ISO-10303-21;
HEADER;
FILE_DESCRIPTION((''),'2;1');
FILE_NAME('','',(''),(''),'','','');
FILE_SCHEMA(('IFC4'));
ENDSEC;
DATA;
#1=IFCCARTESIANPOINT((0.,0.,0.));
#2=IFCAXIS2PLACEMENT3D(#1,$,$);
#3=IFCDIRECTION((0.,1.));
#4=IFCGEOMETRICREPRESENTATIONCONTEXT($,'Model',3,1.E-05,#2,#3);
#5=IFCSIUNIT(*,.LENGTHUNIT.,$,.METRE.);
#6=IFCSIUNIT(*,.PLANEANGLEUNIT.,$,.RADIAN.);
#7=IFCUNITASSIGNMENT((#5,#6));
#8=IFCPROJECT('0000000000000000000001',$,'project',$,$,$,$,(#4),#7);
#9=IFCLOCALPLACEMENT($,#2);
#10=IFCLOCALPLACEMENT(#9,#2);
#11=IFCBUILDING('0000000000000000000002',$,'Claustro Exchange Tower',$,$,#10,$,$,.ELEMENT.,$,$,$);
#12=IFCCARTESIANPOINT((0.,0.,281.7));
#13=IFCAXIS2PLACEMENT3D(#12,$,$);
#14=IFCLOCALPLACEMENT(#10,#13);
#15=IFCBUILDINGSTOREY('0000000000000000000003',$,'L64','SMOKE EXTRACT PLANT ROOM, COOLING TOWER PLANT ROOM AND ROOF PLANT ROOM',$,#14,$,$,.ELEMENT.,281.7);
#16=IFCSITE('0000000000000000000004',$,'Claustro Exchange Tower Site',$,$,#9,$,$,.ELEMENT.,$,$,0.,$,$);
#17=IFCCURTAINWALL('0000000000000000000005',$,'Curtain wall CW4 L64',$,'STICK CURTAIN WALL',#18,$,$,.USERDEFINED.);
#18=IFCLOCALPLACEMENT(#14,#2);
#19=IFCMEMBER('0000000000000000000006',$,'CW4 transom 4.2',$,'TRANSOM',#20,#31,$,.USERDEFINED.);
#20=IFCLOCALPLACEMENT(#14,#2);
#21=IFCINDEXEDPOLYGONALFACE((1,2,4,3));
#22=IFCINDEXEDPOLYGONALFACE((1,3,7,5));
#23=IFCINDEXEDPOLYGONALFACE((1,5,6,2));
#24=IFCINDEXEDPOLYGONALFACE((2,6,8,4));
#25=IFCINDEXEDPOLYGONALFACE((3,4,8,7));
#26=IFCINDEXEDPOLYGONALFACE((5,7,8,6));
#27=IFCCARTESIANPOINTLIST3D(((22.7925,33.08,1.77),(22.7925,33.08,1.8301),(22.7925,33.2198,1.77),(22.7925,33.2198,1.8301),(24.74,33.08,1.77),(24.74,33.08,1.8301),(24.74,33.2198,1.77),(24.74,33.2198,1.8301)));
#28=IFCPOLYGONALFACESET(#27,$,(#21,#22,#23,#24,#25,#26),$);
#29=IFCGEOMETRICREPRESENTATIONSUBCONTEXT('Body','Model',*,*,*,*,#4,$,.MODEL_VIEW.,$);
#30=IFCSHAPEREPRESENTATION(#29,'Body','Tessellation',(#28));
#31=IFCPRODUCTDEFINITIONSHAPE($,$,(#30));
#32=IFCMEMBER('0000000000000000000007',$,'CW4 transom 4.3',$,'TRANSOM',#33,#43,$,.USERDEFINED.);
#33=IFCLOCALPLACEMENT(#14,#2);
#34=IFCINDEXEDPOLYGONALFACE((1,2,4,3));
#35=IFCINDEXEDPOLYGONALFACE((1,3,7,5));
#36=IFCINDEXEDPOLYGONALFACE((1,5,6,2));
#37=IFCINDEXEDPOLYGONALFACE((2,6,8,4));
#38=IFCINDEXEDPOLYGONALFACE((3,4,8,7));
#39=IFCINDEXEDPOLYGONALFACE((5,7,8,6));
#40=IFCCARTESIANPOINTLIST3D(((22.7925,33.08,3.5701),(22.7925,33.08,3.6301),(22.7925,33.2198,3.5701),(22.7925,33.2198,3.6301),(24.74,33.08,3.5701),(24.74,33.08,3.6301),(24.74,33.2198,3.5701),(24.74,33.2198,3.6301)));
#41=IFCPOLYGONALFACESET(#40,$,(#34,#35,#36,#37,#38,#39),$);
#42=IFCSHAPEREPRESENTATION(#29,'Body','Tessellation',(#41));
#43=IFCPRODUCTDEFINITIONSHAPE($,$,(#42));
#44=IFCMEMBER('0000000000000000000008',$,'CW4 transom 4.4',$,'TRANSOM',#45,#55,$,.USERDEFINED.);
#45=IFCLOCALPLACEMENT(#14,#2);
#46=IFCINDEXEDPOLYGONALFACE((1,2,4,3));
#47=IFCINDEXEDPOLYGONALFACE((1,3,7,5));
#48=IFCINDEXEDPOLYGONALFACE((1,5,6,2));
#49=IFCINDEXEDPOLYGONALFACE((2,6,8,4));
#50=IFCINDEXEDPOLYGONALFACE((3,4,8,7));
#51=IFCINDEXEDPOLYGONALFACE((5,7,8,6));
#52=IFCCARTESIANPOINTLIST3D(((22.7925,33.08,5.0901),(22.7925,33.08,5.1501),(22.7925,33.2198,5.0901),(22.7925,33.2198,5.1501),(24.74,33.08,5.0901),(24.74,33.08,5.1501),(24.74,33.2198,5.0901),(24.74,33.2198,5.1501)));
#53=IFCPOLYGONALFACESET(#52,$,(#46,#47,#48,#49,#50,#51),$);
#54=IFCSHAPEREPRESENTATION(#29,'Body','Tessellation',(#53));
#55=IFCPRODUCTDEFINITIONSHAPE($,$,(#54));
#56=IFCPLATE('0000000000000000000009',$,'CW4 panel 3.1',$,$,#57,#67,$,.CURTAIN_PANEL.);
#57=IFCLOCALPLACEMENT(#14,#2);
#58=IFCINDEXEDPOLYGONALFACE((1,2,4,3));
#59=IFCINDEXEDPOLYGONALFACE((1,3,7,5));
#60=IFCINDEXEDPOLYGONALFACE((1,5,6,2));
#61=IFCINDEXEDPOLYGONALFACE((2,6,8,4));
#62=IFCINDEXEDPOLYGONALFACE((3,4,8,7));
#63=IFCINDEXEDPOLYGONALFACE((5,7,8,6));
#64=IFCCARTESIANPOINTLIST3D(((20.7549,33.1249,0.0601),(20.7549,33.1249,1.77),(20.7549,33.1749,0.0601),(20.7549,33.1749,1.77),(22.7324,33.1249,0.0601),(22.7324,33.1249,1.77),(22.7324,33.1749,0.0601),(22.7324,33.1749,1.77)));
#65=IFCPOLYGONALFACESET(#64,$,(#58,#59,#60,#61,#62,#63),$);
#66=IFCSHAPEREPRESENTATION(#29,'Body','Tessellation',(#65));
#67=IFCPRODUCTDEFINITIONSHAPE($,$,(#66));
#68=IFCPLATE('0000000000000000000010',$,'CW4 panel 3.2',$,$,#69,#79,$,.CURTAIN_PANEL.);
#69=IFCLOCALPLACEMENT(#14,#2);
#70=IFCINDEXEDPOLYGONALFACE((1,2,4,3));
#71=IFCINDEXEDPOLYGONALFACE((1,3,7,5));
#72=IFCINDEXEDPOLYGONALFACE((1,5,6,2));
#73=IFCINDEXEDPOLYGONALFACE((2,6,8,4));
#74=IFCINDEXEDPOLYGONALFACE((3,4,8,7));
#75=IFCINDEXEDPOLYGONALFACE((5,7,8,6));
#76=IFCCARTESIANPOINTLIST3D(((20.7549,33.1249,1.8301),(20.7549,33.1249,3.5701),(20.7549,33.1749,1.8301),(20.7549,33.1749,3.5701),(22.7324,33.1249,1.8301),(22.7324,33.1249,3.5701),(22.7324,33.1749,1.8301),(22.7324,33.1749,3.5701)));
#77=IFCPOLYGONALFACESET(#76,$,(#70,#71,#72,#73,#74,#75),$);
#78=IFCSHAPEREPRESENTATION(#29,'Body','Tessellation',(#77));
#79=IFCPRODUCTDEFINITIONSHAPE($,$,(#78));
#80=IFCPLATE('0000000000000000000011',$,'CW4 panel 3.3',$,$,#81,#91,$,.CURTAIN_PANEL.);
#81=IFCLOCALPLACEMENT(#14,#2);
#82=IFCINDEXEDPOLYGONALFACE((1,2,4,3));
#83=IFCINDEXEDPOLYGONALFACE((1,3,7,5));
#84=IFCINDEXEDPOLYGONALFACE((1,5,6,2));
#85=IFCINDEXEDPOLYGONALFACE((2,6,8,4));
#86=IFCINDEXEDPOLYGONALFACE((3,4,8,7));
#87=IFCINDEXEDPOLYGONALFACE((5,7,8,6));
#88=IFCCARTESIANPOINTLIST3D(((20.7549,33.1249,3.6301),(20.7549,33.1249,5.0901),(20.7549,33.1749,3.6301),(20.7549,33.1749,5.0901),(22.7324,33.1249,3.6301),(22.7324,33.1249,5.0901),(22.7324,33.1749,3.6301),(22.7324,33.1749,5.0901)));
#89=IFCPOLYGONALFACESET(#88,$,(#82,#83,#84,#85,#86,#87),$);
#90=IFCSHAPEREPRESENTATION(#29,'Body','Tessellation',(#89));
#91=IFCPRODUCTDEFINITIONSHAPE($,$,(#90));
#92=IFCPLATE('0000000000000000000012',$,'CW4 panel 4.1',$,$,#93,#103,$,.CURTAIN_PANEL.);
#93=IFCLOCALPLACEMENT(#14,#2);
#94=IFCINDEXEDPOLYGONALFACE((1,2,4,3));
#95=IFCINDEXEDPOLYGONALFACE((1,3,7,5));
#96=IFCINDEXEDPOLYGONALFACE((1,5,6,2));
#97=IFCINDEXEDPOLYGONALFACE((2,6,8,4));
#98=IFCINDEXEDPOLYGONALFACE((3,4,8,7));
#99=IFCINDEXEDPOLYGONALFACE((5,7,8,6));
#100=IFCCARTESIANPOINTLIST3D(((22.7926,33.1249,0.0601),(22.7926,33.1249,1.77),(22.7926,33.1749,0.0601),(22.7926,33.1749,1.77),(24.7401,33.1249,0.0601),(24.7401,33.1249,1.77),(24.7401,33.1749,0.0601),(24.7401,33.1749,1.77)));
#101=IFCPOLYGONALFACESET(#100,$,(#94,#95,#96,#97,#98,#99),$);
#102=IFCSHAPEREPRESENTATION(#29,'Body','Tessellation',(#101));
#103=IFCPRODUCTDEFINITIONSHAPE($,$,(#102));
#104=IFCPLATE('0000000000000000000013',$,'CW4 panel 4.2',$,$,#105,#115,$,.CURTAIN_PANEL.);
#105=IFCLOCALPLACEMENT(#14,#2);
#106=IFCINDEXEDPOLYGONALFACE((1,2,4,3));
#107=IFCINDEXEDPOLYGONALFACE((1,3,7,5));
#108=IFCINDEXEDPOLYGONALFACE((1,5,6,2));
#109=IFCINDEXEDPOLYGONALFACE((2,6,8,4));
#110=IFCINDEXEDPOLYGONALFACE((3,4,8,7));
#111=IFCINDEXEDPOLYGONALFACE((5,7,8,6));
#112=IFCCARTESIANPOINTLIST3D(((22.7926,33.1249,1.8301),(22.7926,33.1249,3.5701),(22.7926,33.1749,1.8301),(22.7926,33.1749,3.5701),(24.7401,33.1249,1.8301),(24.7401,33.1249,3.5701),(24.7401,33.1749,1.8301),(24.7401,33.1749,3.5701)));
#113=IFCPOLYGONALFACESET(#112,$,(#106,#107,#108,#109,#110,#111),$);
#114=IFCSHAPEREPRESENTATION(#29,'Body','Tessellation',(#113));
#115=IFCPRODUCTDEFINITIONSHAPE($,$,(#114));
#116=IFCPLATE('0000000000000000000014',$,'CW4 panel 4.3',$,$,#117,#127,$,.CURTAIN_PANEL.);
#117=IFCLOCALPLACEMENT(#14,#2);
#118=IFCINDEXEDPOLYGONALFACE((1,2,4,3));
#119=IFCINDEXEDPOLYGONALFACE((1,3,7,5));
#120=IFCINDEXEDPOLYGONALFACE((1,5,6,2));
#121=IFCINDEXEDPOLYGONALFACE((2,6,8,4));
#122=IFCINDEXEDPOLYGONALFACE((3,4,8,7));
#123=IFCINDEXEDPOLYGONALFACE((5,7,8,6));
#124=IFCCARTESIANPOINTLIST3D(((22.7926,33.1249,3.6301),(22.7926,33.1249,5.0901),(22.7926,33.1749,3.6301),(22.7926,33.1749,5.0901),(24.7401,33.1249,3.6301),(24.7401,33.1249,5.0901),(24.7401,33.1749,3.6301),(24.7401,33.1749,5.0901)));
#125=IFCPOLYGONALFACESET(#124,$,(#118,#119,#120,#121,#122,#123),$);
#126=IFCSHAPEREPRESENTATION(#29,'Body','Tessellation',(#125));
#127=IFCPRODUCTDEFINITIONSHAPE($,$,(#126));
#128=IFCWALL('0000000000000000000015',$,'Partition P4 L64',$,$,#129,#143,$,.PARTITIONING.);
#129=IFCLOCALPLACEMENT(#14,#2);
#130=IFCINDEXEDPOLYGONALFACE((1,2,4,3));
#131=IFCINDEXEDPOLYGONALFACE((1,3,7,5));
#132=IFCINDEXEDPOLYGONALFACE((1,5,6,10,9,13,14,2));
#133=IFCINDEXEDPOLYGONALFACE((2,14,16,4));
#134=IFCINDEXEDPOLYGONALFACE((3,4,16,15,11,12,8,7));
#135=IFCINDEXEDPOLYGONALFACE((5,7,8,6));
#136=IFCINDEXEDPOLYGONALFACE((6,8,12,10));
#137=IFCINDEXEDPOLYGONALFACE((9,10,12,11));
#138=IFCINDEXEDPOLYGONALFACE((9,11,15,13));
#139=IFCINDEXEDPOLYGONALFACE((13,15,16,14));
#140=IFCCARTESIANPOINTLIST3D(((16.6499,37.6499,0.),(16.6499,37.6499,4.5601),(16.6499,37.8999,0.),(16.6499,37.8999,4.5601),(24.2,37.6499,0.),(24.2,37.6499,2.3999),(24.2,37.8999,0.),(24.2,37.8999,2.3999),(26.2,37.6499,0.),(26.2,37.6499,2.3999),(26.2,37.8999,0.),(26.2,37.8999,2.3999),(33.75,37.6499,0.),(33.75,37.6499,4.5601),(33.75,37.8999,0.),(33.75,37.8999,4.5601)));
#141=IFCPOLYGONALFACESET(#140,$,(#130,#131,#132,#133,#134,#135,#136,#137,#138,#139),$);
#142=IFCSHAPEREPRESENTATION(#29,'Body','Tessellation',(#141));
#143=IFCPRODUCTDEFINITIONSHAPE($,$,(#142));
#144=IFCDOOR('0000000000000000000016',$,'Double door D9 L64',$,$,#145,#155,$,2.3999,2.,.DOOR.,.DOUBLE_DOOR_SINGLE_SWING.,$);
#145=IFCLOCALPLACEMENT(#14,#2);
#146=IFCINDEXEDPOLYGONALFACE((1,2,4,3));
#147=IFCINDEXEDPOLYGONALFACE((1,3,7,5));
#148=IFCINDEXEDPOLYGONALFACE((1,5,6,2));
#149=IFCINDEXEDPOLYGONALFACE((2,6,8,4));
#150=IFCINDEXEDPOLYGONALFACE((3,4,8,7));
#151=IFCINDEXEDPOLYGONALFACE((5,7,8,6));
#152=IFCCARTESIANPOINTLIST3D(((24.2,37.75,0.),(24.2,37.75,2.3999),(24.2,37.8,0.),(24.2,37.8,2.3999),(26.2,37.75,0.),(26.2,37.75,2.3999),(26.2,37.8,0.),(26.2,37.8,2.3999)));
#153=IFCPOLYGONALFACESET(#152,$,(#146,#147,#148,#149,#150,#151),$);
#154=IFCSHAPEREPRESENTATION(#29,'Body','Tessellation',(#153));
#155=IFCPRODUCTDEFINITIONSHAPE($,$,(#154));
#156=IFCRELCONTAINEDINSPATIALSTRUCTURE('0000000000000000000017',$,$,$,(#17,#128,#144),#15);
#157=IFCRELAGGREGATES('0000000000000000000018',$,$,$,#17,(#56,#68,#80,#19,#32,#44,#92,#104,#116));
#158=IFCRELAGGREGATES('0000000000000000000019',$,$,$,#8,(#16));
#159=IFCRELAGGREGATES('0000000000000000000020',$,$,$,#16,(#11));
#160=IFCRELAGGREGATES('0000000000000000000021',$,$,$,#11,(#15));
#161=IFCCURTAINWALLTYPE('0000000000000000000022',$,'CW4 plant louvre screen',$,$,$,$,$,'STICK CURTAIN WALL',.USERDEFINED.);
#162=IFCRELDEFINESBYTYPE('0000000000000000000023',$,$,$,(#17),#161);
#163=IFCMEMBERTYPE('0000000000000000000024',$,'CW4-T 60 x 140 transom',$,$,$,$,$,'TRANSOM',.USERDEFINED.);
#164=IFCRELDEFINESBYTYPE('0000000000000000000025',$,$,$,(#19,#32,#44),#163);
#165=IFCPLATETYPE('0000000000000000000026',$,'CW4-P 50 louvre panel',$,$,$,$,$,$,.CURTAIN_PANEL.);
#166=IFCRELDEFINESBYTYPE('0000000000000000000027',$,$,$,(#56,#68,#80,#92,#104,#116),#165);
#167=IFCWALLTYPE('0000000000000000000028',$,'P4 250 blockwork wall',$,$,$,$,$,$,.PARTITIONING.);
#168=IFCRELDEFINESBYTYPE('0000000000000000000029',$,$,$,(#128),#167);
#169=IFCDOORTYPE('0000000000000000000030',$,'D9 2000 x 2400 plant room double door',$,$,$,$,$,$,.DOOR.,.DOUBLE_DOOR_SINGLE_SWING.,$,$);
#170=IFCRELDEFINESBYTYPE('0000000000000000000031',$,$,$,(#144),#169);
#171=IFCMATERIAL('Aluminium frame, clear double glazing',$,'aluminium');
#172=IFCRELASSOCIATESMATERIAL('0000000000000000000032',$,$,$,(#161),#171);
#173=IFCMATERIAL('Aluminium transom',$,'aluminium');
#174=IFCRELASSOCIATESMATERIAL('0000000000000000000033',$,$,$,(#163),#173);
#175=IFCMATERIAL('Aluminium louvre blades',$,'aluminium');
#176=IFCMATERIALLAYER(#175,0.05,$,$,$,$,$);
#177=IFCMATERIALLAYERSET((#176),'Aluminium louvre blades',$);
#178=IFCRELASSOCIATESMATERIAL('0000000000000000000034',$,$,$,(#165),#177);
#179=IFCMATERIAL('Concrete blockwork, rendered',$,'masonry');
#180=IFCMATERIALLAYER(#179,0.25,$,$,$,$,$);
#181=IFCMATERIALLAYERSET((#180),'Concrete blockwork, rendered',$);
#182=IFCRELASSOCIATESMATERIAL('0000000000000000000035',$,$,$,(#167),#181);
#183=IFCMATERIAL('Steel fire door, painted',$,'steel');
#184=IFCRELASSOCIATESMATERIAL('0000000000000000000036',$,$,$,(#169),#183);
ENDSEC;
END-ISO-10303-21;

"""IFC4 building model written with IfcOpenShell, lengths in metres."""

from ifc_helpers import new_model, si_unit, direction, frame, frame_2d, origin, origin_2d, place, context, subcontext, project, spatial, rectangle, extrude, material, layer, layer_set, material_profile, profile_set, type_object, element, fill, aggregate, save


model = new_model("IFC4")

# Units and contexts
model_context = context("Model", 3, precision=1e-05, world=origin(), true_north=direction((0.0, 1.0)))
body_context = subcontext(model_context, "Body", "Model", "MODEL_VIEW")
ifc_project = project(units=[si_unit("LENGTHUNIT", "METRE"), si_unit("PLANEANGLEUNIT", "RADIAN")], contexts=[model_context])

# Site, building, storey
site_placement = place(None, origin())
site = spatial("IfcSite", under=ifc_project, at=site_placement, Name="Claustro Exchange Tower Site", CompositionType="ELEMENT", RefElevation=0.0)
building_placement = place(site_placement, origin())
building = spatial("IfcBuilding", under=site, at=building_placement, Name="Claustro Exchange Tower", CompositionType="ELEMENT")
storey_placement = place(building_placement, frame((0.0, 0.0, 281.7)))
storey = spatial("IfcBuildingStorey", under=building, at=storey_placement, Name="L64", Description="SMOKE EXTRACT PLANT ROOM, COOLING TOWER PLANT ROOM AND ROOF PLANT ROOM", CompositionType="ELEMENT", Elevation=281.7)

# Curtain wall, members, plates
ifc_material_1 = material(Name="Aluminium frame, clear double glazing", Category="aluminium")
curtain_wall_type = type_object("IfcCurtainWallType", Name="CW4 plant louvre screen", ElementType="STICK CURTAIN WALL", PredefinedType="USERDEFINED", material=ifc_material_1)
curtain_wall_placement = place(storey_placement, origin())
curtain_wall = element("IfcCurtainWall", 1, at=curtain_wall_placement, inside=storey, type_object=curtain_wall_type, Name="Curtain wall CW4 L64", ObjectType="STICK CURTAIN WALL", PredefinedType="USERDEFINED")
ifc_material_2 = material(Name="Aluminium transom", Category="aluminium")
ifc_material_profile_1 = material_profile(ifc_material_2, rectangle(XDim=0.1399, YDim=0.0601, at=origin_2d()), Name="CW4-T 60x140")
ifc_profile_set_1 = profile_set([ifc_material_profile_1], Name="Aluminium transom")
member_type_1 = type_object("IfcMemberType", Name="CW4-T 60 x 140 transom", ElementType="TRANSOM", PredefinedType="USERDEFINED", material=ifc_profile_set_1)
member_1_placement = place(storey_placement, frame((22.7925, 33.1499, 1.8), z_axis=(1.0, 0.0, 0.0), x_axis=(0.0, 1.0, 0.0)))
member_1 = element("IfcMember", 2, at=member_1_placement, type_object=member_type_1, Name="CW4 transom 4.2", ObjectType="TRANSOM", PredefinedType="USERDEFINED", context=body_context, shape_type="SweptSolid", body=[
    extrude(rectangle(XDim=0.1399, YDim=0.0601, at=origin_2d()), origin(), (0.0, 0.0, 1.0), 1.9475),
])
member_2_placement = place(storey_placement, frame((22.7925, 33.1499, 3.6001), z_axis=(1.0, 0.0, 0.0), x_axis=(0.0, 1.0, 0.0)))
member_2 = element("IfcMember", 3, at=member_2_placement, type_object=member_type_1, Name="CW4 transom 4.3", ObjectType="TRANSOM", PredefinedType="USERDEFINED", context=body_context, shape_type="SweptSolid", body=[
    extrude(rectangle(XDim=0.1399, YDim=0.0601, at=origin_2d()), origin(), (0.0, 0.0, 1.0), 1.9475),
])
member_3_placement = place(storey_placement, frame((22.7925, 33.1499, 5.1201), z_axis=(1.0, 0.0, 0.0), x_axis=(0.0, 1.0, 0.0)))
member_3 = element("IfcMember", 4, at=member_3_placement, type_object=member_type_1, Name="CW4 transom 4.4", ObjectType="TRANSOM", PredefinedType="USERDEFINED", context=body_context, shape_type="SweptSolid", body=[
    extrude(rectangle(XDim=0.1399, YDim=0.0601, at=origin_2d()), origin(), (0.0, 0.0, 1.0), 1.9475),
])
ifc_material_3 = material(Name="Aluminium louvre blades", Category="aluminium")
ifc_layer_1 = layer(ifc_material_3, 0.05)
ifc_layer_set_1 = layer_set([ifc_layer_1], Name="Aluminium louvre blades")
plate_type = type_object("IfcPlateType", Name="CW4-P 50 louvre panel", PredefinedType="CURTAIN_PANEL", material=ifc_layer_set_1)
plate_1_placement = place(storey_placement, frame((21.7437, 33.1499, 0.0601), z_axis=(0.0, 0.0, 1.0), x_axis=(1.0, 0.0, 0.0)))
plate_1 = element("IfcPlate", 5, at=plate_1_placement, type_object=plate_type, Name="CW4 panel 3.1", PredefinedType="CURTAIN_PANEL", context=body_context, shape_type="SweptSolid", body=[
    extrude(rectangle(XDim=1.9775, YDim=0.05, at=origin_2d()), origin(), (0.0, 0.0, 1.0), 1.71),
])
plate_2_placement = place(storey_placement, frame((21.7437, 33.1499, 1.8301), z_axis=(0.0, 0.0, 1.0), x_axis=(1.0, 0.0, 0.0)))
plate_2 = element("IfcPlate", 6, at=plate_2_placement, type_object=plate_type, Name="CW4 panel 3.2", PredefinedType="CURTAIN_PANEL", context=body_context, shape_type="SweptSolid", body=[
    extrude(rectangle(XDim=1.9775, YDim=0.05, at=origin_2d()), origin(), (0.0, 0.0, 1.0), 1.74),
])
plate_3_placement = place(storey_placement, frame((21.7437, 33.1499, 3.6301), z_axis=(0.0, 0.0, 1.0), x_axis=(1.0, 0.0, 0.0)))
plate_3 = element("IfcPlate", 7, at=plate_3_placement, type_object=plate_type, Name="CW4 panel 3.3", PredefinedType="CURTAIN_PANEL", context=body_context, shape_type="SweptSolid", body=[
    extrude(rectangle(XDim=1.9775, YDim=0.05, at=origin_2d()), origin(), (0.0, 0.0, 1.0), 1.46),
])
plate_4_placement = place(storey_placement, frame((23.7664, 33.1499, 0.0601), z_axis=(0.0, 0.0, 1.0), x_axis=(1.0, 0.0, 0.0)))
plate_4 = element("IfcPlate", 8, at=plate_4_placement, type_object=plate_type, Name="CW4 panel 4.1", PredefinedType="CURTAIN_PANEL", context=body_context, shape_type="SweptSolid", body=[
    extrude(rectangle(XDim=1.9475, YDim=0.05, at=origin_2d()), origin(), (0.0, 0.0, 1.0), 1.71),
])
plate_5_placement = place(storey_placement, frame((23.7664, 33.1499, 1.8301), z_axis=(0.0, 0.0, 1.0), x_axis=(1.0, 0.0, 0.0)))
plate_5 = element("IfcPlate", 9, at=plate_5_placement, type_object=plate_type, Name="CW4 panel 4.2", PredefinedType="CURTAIN_PANEL", context=body_context, shape_type="SweptSolid", body=[
    extrude(rectangle(XDim=1.9475, YDim=0.05, at=origin_2d()), origin(), (0.0, 0.0, 1.0), 1.74),
])
plate_6_placement = place(storey_placement, frame((23.7664, 33.1499, 3.6301), z_axis=(0.0, 0.0, 1.0), x_axis=(1.0, 0.0, 0.0)))
plate_6 = element("IfcPlate", 10, at=plate_6_placement, type_object=plate_type, Name="CW4 panel 4.3", PredefinedType="CURTAIN_PANEL", context=body_context, shape_type="SweptSolid", body=[
    extrude(rectangle(XDim=1.9475, YDim=0.05, at=origin_2d()), origin(), (0.0, 0.0, 1.0), 1.46),
])
aggregate(curtain_wall, [plate_1, plate_2, plate_3, member_1, member_2, member_3, plate_4, plate_5, plate_6])

# Wall, opening, door
ifc_material_4 = material(Name="Concrete blockwork, rendered", Category="masonry")
ifc_layer_2 = layer(ifc_material_4, 0.25)
ifc_layer_set_2 = layer_set([ifc_layer_2], Name="Concrete blockwork, rendered")
wall_type_1 = type_object("IfcWallType", Name="P4 250 blockwork wall", PredefinedType="PARTITIONING", material=ifc_layer_set_2)
wall_1_placement = place(storey_placement, frame((16.6499, 37.7749, 0.0), z_axis=(0.0, 0.0, 1.0), x_axis=(1.0, 0.0, 0.0)))
wall_1 = element("IfcWall", 11, at=wall_1_placement, inside=storey, type_object=wall_type_1, Name="Partition P4 L64", PredefinedType="PARTITIONING", context=body_context, shape_type="SweptSolid", body=[
    extrude(rectangle(XDim=17.1001, YDim=0.25, at=frame_2d((8.55, 0.0))), origin(), (0.0, 0.0, 1.0), 4.5601),
])
opening_1_placement = place(wall_1_placement, frame((7.55, 0.0, 0.0)))
opening_1 = element("IfcOpeningElement", 12, at=opening_1_placement, cuts=wall_1, PredefinedType="OPENING", context=body_context, shape_type="SweptSolid", body=[
    extrude(rectangle(XDim=2.0, YDim=2.3999, at=frame_2d((1.0, 1.2))), frame((0.0, 0.135, 0.0), z_axis=(0.0, -1.0, 0.0), x_axis=(1.0, 0.0, 0.0)), (0.0, 0.0, 1.0), 0.27),
])
ifc_material_5 = material(Name="Steel fire door, painted", Category="steel")
door_type = type_object("IfcDoorType", Name="D9 2000 x 2400 plant room double door", OperationType="DOUBLE_DOOR_SINGLE_SWING", PredefinedType="DOOR", material=ifc_material_5)
door_placement = place(opening_1_placement, frame((2.0, 0.0, 0.0), z_axis=(0.0, 0.0, 1.0), x_axis=(-1.0, 0.0, 0.0)))
door = element("IfcDoor", 13, at=door_placement, inside=storey, type_object=door_type, Name="Double door D9 L64", OperationType="DOUBLE_DOOR_SINGLE_SWING", OverallHeight=2.3999, OverallWidth=2.0, PredefinedType="DOOR", context=body_context, shape_type="SweptSolid", body=[
    extrude(rectangle(XDim=2.0, YDim=2.3999, at=frame_2d((1.0, 1.2))), frame((0.0, 0.0249, 0.0), z_axis=(0.0, -1.0, 0.0), x_axis=(1.0, 0.0, 0.0)), (0.0, 0.0, 1.0), 0.05),
])
fill(opening_1, door)

save(model, "model.ifc")
